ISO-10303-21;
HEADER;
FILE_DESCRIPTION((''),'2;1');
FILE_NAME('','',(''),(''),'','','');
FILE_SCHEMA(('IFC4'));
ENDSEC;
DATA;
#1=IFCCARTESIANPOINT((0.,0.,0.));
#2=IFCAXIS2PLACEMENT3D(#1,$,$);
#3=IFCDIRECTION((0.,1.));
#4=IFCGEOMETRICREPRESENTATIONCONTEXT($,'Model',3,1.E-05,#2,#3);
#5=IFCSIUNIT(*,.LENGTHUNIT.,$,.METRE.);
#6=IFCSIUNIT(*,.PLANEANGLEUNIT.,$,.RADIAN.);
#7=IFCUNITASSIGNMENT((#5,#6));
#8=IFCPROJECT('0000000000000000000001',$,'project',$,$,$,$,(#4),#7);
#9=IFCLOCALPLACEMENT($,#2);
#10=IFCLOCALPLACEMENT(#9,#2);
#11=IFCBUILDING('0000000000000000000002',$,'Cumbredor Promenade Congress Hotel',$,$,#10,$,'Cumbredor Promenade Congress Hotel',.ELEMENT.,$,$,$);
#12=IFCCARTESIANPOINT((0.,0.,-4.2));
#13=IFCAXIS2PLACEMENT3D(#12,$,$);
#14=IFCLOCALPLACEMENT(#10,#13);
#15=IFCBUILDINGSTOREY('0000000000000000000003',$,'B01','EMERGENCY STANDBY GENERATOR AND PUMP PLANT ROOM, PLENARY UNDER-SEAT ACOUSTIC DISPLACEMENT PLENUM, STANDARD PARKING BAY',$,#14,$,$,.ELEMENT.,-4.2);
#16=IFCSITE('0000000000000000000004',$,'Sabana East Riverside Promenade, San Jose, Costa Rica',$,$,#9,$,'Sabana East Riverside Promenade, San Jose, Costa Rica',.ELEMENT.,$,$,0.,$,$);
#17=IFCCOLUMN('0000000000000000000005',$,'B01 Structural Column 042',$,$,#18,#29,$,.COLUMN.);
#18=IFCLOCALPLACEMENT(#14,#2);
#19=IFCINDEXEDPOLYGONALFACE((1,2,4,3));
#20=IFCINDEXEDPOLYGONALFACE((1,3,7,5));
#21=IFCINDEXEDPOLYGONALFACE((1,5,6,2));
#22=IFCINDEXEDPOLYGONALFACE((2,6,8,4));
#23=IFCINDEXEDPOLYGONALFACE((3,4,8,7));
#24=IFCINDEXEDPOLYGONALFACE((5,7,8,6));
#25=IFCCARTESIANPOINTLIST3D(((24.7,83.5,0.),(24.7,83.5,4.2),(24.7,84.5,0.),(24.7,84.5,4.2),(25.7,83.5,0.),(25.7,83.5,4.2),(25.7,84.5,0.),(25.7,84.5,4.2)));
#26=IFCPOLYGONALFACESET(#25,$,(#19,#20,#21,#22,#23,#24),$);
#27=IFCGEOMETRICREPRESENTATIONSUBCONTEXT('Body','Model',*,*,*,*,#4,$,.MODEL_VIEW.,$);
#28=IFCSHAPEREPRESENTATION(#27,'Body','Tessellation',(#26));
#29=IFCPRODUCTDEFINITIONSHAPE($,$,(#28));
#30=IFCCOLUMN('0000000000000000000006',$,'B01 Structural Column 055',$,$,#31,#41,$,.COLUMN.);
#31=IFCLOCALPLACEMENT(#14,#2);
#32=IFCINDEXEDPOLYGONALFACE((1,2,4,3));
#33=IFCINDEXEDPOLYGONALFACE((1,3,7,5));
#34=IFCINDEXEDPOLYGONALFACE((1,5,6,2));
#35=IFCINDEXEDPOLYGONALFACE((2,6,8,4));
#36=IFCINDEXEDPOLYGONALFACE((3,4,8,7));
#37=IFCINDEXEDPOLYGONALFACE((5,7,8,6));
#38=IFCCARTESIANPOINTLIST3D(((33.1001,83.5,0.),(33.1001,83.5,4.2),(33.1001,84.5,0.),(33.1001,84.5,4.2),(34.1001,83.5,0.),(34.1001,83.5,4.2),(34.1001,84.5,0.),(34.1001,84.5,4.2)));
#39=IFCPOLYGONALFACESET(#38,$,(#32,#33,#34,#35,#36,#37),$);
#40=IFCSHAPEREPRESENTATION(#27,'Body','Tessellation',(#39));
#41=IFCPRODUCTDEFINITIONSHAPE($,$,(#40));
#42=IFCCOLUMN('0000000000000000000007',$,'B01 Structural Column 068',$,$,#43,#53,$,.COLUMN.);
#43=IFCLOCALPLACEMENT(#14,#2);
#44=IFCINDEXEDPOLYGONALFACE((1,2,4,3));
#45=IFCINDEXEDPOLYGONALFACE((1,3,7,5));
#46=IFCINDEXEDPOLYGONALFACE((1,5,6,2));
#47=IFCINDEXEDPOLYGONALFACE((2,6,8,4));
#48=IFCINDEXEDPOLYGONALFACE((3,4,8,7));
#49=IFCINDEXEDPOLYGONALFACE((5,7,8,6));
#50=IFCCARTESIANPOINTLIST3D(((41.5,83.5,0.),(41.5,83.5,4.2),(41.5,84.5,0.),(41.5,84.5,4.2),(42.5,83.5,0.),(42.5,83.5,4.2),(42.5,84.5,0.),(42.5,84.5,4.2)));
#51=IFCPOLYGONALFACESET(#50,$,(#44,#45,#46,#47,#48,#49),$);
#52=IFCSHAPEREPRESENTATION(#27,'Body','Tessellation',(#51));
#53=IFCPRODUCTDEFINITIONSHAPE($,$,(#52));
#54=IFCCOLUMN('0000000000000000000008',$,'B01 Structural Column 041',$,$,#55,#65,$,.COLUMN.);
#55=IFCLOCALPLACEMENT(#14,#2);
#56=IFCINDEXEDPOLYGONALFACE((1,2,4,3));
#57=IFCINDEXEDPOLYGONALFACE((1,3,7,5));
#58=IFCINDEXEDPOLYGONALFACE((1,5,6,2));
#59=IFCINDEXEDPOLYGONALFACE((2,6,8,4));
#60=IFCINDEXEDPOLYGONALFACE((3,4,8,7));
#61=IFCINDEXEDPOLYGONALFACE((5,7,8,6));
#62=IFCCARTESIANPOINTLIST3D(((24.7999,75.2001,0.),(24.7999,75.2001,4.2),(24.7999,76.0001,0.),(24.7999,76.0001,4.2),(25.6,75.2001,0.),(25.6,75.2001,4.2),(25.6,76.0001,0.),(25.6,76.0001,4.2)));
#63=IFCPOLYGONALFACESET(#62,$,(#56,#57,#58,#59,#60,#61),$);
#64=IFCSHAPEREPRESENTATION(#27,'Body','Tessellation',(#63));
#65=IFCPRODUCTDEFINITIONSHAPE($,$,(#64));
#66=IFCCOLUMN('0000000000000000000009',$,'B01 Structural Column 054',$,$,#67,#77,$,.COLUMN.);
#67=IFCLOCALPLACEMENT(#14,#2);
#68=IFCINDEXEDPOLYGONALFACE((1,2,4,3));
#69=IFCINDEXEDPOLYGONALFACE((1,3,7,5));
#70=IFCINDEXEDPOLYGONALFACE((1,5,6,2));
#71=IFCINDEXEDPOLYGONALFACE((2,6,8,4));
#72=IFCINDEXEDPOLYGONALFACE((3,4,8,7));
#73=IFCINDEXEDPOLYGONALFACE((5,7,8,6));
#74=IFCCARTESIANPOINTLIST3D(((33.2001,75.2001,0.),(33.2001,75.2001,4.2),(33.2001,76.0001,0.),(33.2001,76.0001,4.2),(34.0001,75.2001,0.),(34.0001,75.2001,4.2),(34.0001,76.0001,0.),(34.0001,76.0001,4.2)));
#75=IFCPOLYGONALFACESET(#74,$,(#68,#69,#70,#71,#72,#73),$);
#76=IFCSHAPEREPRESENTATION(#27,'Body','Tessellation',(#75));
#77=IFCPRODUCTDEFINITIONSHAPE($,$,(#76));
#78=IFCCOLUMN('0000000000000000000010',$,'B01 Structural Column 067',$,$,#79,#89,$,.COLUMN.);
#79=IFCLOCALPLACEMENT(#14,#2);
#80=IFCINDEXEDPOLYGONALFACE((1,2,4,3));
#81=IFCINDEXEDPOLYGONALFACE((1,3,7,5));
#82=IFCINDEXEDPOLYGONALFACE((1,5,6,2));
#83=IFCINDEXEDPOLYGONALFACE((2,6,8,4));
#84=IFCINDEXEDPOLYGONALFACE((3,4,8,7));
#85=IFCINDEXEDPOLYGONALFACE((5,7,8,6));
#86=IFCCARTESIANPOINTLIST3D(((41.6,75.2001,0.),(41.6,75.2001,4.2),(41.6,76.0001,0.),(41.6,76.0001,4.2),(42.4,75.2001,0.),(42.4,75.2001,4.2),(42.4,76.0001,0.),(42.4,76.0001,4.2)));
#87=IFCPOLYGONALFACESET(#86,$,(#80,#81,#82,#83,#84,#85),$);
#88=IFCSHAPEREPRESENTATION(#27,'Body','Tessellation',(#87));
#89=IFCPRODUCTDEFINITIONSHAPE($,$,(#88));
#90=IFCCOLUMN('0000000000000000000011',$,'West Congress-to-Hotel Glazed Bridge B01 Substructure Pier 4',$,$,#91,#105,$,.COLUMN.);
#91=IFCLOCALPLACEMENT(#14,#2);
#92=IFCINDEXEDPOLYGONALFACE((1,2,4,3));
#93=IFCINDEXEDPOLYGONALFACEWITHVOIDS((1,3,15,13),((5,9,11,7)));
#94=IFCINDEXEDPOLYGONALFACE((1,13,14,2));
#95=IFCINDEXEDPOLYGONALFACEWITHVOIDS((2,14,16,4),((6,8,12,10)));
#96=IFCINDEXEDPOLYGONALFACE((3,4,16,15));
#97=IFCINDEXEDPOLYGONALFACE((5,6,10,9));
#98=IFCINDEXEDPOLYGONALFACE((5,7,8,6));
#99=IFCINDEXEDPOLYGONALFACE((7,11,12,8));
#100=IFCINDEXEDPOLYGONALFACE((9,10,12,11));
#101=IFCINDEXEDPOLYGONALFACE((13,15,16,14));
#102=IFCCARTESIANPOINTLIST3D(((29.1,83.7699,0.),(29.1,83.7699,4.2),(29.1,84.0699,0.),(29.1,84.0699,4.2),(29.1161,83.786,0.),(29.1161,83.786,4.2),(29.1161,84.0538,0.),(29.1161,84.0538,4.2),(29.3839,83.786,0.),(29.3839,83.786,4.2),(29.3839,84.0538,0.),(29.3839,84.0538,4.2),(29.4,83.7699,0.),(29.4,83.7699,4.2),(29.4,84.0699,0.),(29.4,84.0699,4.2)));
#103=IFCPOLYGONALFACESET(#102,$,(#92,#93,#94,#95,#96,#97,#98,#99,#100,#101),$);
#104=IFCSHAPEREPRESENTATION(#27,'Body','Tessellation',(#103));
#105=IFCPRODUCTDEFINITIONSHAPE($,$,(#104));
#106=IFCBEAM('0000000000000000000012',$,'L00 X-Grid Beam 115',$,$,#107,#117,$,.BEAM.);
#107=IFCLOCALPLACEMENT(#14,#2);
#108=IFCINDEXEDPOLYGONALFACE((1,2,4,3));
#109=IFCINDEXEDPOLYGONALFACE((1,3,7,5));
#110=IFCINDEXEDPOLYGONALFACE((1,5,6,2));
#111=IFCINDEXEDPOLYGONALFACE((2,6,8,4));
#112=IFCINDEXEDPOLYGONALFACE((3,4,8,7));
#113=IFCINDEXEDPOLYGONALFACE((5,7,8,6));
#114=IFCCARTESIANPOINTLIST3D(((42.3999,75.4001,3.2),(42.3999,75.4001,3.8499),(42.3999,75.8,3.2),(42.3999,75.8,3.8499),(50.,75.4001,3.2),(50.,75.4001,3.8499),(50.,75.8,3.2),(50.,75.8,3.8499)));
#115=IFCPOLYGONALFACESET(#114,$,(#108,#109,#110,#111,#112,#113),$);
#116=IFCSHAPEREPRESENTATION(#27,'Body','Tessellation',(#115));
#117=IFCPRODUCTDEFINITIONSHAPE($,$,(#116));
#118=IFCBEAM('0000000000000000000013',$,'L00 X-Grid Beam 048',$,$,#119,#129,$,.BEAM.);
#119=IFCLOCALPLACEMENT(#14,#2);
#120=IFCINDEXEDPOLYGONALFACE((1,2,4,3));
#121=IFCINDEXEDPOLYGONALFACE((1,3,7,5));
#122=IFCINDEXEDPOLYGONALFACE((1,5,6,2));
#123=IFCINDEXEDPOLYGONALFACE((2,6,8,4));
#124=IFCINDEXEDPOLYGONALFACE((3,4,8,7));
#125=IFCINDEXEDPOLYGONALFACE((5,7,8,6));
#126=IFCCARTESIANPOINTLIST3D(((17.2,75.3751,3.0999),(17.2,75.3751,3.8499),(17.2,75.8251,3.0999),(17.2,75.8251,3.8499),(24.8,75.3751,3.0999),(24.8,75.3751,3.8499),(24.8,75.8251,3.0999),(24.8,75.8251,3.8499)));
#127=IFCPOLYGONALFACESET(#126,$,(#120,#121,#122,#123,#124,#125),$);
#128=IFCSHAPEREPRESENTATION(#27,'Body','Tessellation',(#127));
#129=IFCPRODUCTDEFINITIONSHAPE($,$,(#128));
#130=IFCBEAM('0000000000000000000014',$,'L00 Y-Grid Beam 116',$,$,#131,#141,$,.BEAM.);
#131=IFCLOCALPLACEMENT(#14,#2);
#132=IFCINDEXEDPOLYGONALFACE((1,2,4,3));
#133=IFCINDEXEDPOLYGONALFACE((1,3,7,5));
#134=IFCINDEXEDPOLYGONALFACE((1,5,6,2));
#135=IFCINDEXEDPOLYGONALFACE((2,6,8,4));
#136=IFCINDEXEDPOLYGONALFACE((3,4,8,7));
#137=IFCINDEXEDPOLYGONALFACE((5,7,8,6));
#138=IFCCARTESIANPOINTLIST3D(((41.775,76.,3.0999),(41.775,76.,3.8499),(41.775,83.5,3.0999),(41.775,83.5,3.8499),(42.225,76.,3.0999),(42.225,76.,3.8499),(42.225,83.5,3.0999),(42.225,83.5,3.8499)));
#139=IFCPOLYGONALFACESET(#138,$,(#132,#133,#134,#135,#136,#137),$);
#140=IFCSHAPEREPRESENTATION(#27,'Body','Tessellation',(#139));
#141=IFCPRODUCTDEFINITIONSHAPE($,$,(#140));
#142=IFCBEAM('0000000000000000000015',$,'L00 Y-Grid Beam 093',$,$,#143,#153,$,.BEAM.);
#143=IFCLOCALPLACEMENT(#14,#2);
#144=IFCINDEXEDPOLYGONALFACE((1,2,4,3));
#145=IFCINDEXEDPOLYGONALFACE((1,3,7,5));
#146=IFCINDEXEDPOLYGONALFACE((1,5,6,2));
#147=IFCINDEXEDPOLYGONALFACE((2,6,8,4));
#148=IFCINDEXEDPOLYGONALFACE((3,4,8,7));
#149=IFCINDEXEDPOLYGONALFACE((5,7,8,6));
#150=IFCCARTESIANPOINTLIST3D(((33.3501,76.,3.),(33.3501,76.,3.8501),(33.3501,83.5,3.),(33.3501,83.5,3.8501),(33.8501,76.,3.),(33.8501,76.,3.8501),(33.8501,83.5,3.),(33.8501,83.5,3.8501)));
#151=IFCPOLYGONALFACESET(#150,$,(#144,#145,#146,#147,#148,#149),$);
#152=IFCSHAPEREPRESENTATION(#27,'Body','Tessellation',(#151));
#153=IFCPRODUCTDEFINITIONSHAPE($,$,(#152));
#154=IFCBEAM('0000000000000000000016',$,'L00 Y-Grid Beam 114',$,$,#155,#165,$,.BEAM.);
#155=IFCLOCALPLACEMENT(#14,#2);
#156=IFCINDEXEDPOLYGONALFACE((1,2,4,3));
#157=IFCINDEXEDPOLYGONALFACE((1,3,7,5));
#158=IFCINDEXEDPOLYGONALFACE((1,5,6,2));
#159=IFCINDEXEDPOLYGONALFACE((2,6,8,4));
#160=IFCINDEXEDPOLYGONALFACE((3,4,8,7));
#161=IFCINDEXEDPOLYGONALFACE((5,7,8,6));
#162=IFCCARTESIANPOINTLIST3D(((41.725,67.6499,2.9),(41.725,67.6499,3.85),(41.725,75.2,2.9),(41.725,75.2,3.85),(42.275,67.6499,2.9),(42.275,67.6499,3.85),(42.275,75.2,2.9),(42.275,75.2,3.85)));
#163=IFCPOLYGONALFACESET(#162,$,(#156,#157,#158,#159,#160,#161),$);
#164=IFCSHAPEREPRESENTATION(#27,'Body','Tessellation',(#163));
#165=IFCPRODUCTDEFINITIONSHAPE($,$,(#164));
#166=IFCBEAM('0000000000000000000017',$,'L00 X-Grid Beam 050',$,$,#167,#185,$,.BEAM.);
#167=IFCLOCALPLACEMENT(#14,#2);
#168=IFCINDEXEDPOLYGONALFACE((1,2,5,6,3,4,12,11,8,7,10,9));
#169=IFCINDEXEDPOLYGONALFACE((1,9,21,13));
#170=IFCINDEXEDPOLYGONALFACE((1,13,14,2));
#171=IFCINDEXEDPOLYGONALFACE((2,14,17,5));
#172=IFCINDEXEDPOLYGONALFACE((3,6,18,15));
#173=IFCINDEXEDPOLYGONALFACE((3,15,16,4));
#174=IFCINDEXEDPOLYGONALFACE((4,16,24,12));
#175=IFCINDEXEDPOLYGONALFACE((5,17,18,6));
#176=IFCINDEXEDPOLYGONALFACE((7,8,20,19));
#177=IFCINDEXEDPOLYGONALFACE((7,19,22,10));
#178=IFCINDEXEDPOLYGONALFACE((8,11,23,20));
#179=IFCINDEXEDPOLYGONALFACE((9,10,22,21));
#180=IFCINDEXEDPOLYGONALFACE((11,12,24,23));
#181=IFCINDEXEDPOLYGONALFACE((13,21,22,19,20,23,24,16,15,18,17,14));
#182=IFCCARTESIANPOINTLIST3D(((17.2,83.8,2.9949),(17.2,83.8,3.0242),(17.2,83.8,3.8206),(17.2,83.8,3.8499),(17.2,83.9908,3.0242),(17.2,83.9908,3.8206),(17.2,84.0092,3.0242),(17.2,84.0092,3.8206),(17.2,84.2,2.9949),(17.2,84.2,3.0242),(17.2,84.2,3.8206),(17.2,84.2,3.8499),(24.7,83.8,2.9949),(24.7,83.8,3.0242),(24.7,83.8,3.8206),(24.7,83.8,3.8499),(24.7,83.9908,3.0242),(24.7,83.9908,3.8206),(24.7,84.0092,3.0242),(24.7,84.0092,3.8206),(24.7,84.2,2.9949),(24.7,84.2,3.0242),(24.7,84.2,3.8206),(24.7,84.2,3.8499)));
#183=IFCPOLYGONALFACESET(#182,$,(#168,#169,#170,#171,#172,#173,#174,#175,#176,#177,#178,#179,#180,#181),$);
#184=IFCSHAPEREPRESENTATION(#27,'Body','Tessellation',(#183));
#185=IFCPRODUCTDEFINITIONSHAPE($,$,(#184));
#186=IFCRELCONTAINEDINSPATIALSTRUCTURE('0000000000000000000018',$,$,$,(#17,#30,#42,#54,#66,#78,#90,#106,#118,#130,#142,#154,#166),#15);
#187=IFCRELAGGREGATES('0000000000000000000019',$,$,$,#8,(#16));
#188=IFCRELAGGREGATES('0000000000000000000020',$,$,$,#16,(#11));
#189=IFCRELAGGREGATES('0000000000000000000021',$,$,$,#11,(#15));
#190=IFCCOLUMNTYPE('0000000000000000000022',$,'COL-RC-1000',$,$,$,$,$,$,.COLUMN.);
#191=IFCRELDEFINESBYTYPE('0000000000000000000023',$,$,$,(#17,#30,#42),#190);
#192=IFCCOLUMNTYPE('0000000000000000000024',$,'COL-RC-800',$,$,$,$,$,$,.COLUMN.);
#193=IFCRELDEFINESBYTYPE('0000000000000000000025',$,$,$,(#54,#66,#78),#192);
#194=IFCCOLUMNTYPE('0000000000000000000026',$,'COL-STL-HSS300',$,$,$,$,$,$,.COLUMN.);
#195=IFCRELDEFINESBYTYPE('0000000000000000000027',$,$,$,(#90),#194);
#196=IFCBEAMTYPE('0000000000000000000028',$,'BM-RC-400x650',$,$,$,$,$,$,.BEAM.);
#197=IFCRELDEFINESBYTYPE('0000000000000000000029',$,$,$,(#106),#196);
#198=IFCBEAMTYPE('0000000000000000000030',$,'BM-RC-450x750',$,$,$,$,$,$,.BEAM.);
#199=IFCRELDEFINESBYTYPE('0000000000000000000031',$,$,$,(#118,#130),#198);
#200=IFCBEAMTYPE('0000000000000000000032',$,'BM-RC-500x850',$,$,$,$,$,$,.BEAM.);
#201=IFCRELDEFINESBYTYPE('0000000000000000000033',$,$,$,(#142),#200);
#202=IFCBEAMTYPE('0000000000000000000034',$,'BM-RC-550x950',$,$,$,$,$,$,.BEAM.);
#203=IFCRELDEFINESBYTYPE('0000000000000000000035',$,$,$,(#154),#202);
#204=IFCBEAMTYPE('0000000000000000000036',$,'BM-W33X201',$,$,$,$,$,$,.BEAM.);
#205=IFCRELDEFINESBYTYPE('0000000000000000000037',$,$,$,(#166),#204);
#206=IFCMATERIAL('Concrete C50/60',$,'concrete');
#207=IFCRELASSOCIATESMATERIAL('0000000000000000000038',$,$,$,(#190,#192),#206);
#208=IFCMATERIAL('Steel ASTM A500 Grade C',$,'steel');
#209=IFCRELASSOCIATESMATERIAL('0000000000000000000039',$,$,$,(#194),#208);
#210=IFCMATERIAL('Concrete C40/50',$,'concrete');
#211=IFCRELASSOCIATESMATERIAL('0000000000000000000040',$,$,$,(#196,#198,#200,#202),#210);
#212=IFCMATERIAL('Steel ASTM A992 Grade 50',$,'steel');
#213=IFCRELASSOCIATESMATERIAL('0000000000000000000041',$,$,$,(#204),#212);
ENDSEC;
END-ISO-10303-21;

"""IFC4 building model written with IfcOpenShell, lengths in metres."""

from ifc_helpers import new_model, si_unit, direction, frame, origin, origin_2d, place, context, subcontext, project, spatial, rectangle, hollow_rectangle, i_section, extrude, material, material_profile, profile_set, type_object, element, save


model = new_model("IFC4")

# Units and contexts
model_context = context("Model", 3, precision=1e-05, world=origin(), true_north=direction((0.0, 1.0)))
body_context = subcontext(model_context, "Body", "Model", "MODEL_VIEW")
ifc_project = project(units=[si_unit("LENGTHUNIT", "METRE"), si_unit("PLANEANGLEUNIT", "RADIAN")], contexts=[model_context])

# Site, building, storey
site_placement = place(None, origin())
site = spatial("IfcSite", under=ifc_project, at=site_placement, Name="Sabana East Riverside Promenade, San Jose, Costa Rica", LongName="Sabana East Riverside Promenade, San Jose, Costa Rica", CompositionType="ELEMENT", RefElevation=0.0)
building_placement = place(site_placement, origin())
building = spatial("IfcBuilding", under=site, at=building_placement, Name="Cumbredor Promenade Congress Hotel", LongName="Cumbredor Promenade Congress Hotel", CompositionType="ELEMENT")
storey_placement = place(building_placement, frame((0.0, 0.0, -4.2)))
storey = spatial("IfcBuildingStorey", under=building, at=storey_placement, Name="B01", Description="EMERGENCY STANDBY GENERATOR AND PUMP PLANT ROOM, PLENARY UNDER-SEAT ACOUSTIC DISPLACEMENT PLENUM, STANDARD PARKING BAY", CompositionType="ELEMENT", Elevation=-4.2)

# Columns
ifc_material_1 = material(Name="Concrete C50/60", Category="concrete")
ifc_material_profile_1 = material_profile(ifc_material_1, rectangle(XDim=1.0, YDim=1.0, at=origin_2d()), Name="RC 1000x1000")
ifc_profile_set_1 = profile_set([ifc_material_profile_1], Name="Concrete C50/60")
column_type_1 = type_object("IfcColumnType", Name="COL-RC-1000", PredefinedType="COLUMN", material=ifc_profile_set_1)
for number, where, z_axis, x_axis, name in (
    (1, (25.2, 84.0, 0.0), (0.0, 0.0, 1.0), (1.0, 0.0, 0.0), "B01 Structural Column 042"),
    (2, (33.6001, 84.0, 0.0), (0.0, 0.0, 1.0), (1.0, 0.0, 0.0), "B01 Structural Column 055"),
    (3, (42.0, 84.0, 0.0), (0.0, 0.0, 1.0), (1.0, 0.0, 0.0), "B01 Structural Column 068"),
):
    element("IfcColumn", number, at=place(storey_placement, frame(where, z_axis=z_axis, x_axis=x_axis)), inside=storey, type_object=column_type_1, Name=name, PredefinedType="COLUMN", context=body_context, shape_type="SweptSolid", body=[
        extrude(rectangle(XDim=1.0, YDim=1.0, at=origin_2d()), origin(), (0.0, 0.0, 1.0), 4.2),
    ])
ifc_material_profile_2 = material_profile(ifc_material_1, rectangle(XDim=0.8, YDim=0.8, at=origin_2d()), Name="RC 800x800")
ifc_profile_set_2 = profile_set([ifc_material_profile_2], Name="Concrete C50/60")
column_type_2 = type_object("IfcColumnType", Name="COL-RC-800", PredefinedType="COLUMN", material=ifc_profile_set_2)
for number, where, z_axis, x_axis, name in (
    (4, (25.2, 75.6001, 0.0), (0.0, 0.0, 1.0), (1.0, 0.0, 0.0), "B01 Structural Column 041"),
    (5, (33.6001, 75.6001, 0.0), (0.0, 0.0, 1.0), (1.0, 0.0, 0.0), "B01 Structural Column 054"),
    (6, (42.0, 75.6001, 0.0), (0.0, 0.0, 1.0), (1.0, 0.0, 0.0), "B01 Structural Column 067"),
):
    element("IfcColumn", number, at=place(storey_placement, frame(where, z_axis=z_axis, x_axis=x_axis)), inside=storey, type_object=column_type_2, Name=name, PredefinedType="COLUMN", context=body_context, shape_type="SweptSolid", body=[
        extrude(rectangle(XDim=0.8, YDim=0.8, at=origin_2d()), origin(), (0.0, 0.0, 1.0), 4.2),
    ])
ifc_material_2 = material(Name="Steel ASTM A500 Grade C", Category="steel")
ifc_material_profile_3 = material_profile(ifc_material_2, hollow_rectangle(XDim=0.3, YDim=0.3, WallThickness=0.0161, at=origin_2d()), Name="HSS 300x300x16")
ifc_profile_set_3 = profile_set([ifc_material_profile_3], Name="Steel ASTM A500 Grade C")
column_type_3 = type_object("IfcColumnType", Name="COL-STL-HSS300", PredefinedType="COLUMN", material=ifc_profile_set_3)
column_placement = place(storey_placement, frame((29.25, 83.9199, 0.0), z_axis=(0.0, 0.0, 1.0), x_axis=(1.0, 0.0, 0.0)))
element("IfcColumn", 7, at=column_placement, inside=storey, type_object=column_type_3, Name="West Congress-to-Hotel Glazed Bridge B01 Substructure Pier 4", PredefinedType="COLUMN", context=body_context, shape_type="SweptSolid", body=[
    extrude(hollow_rectangle(XDim=0.3, YDim=0.3, WallThickness=0.0161, at=origin_2d()), origin(), (0.0, 0.0, 1.0), 4.2),
])

# Beams
ifc_material_3 = material(Name="Concrete C40/50", Category="concrete")
ifc_material_profile_4 = material_profile(ifc_material_3, rectangle(XDim=0.3999, YDim=0.6499, at=origin_2d()), Name="RC BEAM 400x650")
ifc_profile_set_4 = profile_set([ifc_material_profile_4], Name="Concrete C40/50")
beam_type_1 = type_object("IfcBeamType", Name="BM-RC-400x650", PredefinedType="BEAM", material=ifc_profile_set_4)
beam_1_placement = place(storey_placement, frame((42.3999, 75.6001, 3.5249), z_axis=(1.0, 0.0, 0.0), x_axis=(0.0, 1.0, 0.0)))
element("IfcBeam", 8, at=beam_1_placement, inside=storey, type_object=beam_type_1, Name="L00 X-Grid Beam 115", PredefinedType="BEAM", context=body_context, shape_type="SweptSolid", body=[
    extrude(rectangle(XDim=0.3999, YDim=0.6499, at=origin_2d()), origin(), (0.0, 0.0, 1.0), 7.6001),
])
ifc_material_profile_5 = material_profile(ifc_material_3, rectangle(XDim=0.45, YDim=0.75, at=origin_2d()), Name="RC BEAM 450x750")
ifc_profile_set_5 = profile_set([ifc_material_profile_5], Name="Concrete C40/50")
beam_type_2 = type_object("IfcBeamType", Name="BM-RC-450x750", PredefinedType="BEAM", material=ifc_profile_set_5)
beam_2_placement = place(storey_placement, frame((17.2, 75.6001, 3.4749), z_axis=(1.0, 0.0, 0.0), x_axis=(0.0, 1.0, 0.0)))
element("IfcBeam", 9, at=beam_2_placement, inside=storey, type_object=beam_type_2, Name="L00 X-Grid Beam 048", PredefinedType="BEAM", context=body_context, shape_type="SweptSolid", body=[
    extrude(rectangle(XDim=0.45, YDim=0.75, at=origin_2d()), origin(), (0.0, 0.0, 1.0), 7.6001),
])
beam_3_placement = place(storey_placement, frame((42.0, 76.0, 3.4749), z_axis=(0.0, 1.0, 0.0), x_axis=(-1.0, 0.0, 0.0)))
element("IfcBeam", 10, at=beam_3_placement, inside=storey, type_object=beam_type_2, Name="L00 Y-Grid Beam 116", PredefinedType="BEAM", context=body_context, shape_type="SweptSolid", body=[
    extrude(rectangle(XDim=0.45, YDim=0.75, at=origin_2d()), origin(), (0.0, 0.0, 1.0), 7.5),
])
ifc_material_profile_6 = material_profile(ifc_material_3, rectangle(XDim=0.5, YDim=0.8501, at=origin_2d()), Name="RC BEAM 500x850")
ifc_profile_set_6 = profile_set([ifc_material_profile_6], Name="Concrete C40/50")
beam_type_3 = type_object("IfcBeamType", Name="BM-RC-500x850", PredefinedType="BEAM", material=ifc_profile_set_6)
beam_4_placement = place(storey_placement, frame((33.6001, 76.0, 3.425), z_axis=(0.0, 1.0, 0.0), x_axis=(-1.0, 0.0, 0.0)))
element("IfcBeam", 11, at=beam_4_placement, inside=storey, type_object=beam_type_3, Name="L00 Y-Grid Beam 093", PredefinedType="BEAM", context=body_context, shape_type="SweptSolid", body=[
    extrude(rectangle(XDim=0.5, YDim=0.8501, at=origin_2d()), origin(), (0.0, 0.0, 1.0), 7.5),
])
ifc_material_profile_7 = material_profile(ifc_material_3, rectangle(XDim=0.55, YDim=0.95, at=origin_2d()), Name="RC BEAM 550x950")
ifc_profile_set_7 = profile_set([ifc_material_profile_7], Name="Concrete C40/50")
beam_type_4 = type_object("IfcBeamType", Name="BM-RC-550x950", PredefinedType="BEAM", material=ifc_profile_set_7)
beam_5_placement = place(storey_placement, frame((42.0, 67.6499, 3.375), z_axis=(0.0, 1.0, 0.0), x_axis=(-1.0, 0.0, 0.0)))
element("IfcBeam", 12, at=beam_5_placement, inside=storey, type_object=beam_type_4, Name="L00 Y-Grid Beam 114", PredefinedType="BEAM", context=body_context, shape_type="SweptSolid", body=[
    extrude(rectangle(XDim=0.55, YDim=0.95, at=origin_2d()), origin(), (0.0, 0.0, 1.0), 7.55),
])
ifc_material_4 = material(Name="Steel ASTM A992 Grade 50", Category="steel")
ifc_material_profile_8 = material_profile(ifc_material_4, i_section(OverallWidth=0.3999, OverallDepth=0.855, WebThickness=0.0183, FlangeThickness=0.0293, at=origin_2d()), Name="W33X201")
ifc_profile_set_8 = profile_set([ifc_material_profile_8], Name="Steel ASTM A992 Grade 50")
beam_type_5 = type_object("IfcBeamType", Name="BM-W33X201", PredefinedType="BEAM", material=ifc_profile_set_8)
beam_6_placement = place(storey_placement, frame((17.2, 84.0, 3.4224), z_axis=(1.0, 0.0, 0.0), x_axis=(0.0, 1.0, 0.0)))
element("IfcBeam", 13, at=beam_6_placement, inside=storey, type_object=beam_type_5, Name="L00 X-Grid Beam 050", PredefinedType="BEAM", context=body_context, shape_type="SweptSolid", body=[
    extrude(i_section(OverallWidth=0.3999, OverallDepth=0.855, WebThickness=0.0183, FlangeThickness=0.0293, at=origin_2d()), origin(), (0.0, 0.0, 1.0), 7.5),
])

save(model, "model.ifc")
